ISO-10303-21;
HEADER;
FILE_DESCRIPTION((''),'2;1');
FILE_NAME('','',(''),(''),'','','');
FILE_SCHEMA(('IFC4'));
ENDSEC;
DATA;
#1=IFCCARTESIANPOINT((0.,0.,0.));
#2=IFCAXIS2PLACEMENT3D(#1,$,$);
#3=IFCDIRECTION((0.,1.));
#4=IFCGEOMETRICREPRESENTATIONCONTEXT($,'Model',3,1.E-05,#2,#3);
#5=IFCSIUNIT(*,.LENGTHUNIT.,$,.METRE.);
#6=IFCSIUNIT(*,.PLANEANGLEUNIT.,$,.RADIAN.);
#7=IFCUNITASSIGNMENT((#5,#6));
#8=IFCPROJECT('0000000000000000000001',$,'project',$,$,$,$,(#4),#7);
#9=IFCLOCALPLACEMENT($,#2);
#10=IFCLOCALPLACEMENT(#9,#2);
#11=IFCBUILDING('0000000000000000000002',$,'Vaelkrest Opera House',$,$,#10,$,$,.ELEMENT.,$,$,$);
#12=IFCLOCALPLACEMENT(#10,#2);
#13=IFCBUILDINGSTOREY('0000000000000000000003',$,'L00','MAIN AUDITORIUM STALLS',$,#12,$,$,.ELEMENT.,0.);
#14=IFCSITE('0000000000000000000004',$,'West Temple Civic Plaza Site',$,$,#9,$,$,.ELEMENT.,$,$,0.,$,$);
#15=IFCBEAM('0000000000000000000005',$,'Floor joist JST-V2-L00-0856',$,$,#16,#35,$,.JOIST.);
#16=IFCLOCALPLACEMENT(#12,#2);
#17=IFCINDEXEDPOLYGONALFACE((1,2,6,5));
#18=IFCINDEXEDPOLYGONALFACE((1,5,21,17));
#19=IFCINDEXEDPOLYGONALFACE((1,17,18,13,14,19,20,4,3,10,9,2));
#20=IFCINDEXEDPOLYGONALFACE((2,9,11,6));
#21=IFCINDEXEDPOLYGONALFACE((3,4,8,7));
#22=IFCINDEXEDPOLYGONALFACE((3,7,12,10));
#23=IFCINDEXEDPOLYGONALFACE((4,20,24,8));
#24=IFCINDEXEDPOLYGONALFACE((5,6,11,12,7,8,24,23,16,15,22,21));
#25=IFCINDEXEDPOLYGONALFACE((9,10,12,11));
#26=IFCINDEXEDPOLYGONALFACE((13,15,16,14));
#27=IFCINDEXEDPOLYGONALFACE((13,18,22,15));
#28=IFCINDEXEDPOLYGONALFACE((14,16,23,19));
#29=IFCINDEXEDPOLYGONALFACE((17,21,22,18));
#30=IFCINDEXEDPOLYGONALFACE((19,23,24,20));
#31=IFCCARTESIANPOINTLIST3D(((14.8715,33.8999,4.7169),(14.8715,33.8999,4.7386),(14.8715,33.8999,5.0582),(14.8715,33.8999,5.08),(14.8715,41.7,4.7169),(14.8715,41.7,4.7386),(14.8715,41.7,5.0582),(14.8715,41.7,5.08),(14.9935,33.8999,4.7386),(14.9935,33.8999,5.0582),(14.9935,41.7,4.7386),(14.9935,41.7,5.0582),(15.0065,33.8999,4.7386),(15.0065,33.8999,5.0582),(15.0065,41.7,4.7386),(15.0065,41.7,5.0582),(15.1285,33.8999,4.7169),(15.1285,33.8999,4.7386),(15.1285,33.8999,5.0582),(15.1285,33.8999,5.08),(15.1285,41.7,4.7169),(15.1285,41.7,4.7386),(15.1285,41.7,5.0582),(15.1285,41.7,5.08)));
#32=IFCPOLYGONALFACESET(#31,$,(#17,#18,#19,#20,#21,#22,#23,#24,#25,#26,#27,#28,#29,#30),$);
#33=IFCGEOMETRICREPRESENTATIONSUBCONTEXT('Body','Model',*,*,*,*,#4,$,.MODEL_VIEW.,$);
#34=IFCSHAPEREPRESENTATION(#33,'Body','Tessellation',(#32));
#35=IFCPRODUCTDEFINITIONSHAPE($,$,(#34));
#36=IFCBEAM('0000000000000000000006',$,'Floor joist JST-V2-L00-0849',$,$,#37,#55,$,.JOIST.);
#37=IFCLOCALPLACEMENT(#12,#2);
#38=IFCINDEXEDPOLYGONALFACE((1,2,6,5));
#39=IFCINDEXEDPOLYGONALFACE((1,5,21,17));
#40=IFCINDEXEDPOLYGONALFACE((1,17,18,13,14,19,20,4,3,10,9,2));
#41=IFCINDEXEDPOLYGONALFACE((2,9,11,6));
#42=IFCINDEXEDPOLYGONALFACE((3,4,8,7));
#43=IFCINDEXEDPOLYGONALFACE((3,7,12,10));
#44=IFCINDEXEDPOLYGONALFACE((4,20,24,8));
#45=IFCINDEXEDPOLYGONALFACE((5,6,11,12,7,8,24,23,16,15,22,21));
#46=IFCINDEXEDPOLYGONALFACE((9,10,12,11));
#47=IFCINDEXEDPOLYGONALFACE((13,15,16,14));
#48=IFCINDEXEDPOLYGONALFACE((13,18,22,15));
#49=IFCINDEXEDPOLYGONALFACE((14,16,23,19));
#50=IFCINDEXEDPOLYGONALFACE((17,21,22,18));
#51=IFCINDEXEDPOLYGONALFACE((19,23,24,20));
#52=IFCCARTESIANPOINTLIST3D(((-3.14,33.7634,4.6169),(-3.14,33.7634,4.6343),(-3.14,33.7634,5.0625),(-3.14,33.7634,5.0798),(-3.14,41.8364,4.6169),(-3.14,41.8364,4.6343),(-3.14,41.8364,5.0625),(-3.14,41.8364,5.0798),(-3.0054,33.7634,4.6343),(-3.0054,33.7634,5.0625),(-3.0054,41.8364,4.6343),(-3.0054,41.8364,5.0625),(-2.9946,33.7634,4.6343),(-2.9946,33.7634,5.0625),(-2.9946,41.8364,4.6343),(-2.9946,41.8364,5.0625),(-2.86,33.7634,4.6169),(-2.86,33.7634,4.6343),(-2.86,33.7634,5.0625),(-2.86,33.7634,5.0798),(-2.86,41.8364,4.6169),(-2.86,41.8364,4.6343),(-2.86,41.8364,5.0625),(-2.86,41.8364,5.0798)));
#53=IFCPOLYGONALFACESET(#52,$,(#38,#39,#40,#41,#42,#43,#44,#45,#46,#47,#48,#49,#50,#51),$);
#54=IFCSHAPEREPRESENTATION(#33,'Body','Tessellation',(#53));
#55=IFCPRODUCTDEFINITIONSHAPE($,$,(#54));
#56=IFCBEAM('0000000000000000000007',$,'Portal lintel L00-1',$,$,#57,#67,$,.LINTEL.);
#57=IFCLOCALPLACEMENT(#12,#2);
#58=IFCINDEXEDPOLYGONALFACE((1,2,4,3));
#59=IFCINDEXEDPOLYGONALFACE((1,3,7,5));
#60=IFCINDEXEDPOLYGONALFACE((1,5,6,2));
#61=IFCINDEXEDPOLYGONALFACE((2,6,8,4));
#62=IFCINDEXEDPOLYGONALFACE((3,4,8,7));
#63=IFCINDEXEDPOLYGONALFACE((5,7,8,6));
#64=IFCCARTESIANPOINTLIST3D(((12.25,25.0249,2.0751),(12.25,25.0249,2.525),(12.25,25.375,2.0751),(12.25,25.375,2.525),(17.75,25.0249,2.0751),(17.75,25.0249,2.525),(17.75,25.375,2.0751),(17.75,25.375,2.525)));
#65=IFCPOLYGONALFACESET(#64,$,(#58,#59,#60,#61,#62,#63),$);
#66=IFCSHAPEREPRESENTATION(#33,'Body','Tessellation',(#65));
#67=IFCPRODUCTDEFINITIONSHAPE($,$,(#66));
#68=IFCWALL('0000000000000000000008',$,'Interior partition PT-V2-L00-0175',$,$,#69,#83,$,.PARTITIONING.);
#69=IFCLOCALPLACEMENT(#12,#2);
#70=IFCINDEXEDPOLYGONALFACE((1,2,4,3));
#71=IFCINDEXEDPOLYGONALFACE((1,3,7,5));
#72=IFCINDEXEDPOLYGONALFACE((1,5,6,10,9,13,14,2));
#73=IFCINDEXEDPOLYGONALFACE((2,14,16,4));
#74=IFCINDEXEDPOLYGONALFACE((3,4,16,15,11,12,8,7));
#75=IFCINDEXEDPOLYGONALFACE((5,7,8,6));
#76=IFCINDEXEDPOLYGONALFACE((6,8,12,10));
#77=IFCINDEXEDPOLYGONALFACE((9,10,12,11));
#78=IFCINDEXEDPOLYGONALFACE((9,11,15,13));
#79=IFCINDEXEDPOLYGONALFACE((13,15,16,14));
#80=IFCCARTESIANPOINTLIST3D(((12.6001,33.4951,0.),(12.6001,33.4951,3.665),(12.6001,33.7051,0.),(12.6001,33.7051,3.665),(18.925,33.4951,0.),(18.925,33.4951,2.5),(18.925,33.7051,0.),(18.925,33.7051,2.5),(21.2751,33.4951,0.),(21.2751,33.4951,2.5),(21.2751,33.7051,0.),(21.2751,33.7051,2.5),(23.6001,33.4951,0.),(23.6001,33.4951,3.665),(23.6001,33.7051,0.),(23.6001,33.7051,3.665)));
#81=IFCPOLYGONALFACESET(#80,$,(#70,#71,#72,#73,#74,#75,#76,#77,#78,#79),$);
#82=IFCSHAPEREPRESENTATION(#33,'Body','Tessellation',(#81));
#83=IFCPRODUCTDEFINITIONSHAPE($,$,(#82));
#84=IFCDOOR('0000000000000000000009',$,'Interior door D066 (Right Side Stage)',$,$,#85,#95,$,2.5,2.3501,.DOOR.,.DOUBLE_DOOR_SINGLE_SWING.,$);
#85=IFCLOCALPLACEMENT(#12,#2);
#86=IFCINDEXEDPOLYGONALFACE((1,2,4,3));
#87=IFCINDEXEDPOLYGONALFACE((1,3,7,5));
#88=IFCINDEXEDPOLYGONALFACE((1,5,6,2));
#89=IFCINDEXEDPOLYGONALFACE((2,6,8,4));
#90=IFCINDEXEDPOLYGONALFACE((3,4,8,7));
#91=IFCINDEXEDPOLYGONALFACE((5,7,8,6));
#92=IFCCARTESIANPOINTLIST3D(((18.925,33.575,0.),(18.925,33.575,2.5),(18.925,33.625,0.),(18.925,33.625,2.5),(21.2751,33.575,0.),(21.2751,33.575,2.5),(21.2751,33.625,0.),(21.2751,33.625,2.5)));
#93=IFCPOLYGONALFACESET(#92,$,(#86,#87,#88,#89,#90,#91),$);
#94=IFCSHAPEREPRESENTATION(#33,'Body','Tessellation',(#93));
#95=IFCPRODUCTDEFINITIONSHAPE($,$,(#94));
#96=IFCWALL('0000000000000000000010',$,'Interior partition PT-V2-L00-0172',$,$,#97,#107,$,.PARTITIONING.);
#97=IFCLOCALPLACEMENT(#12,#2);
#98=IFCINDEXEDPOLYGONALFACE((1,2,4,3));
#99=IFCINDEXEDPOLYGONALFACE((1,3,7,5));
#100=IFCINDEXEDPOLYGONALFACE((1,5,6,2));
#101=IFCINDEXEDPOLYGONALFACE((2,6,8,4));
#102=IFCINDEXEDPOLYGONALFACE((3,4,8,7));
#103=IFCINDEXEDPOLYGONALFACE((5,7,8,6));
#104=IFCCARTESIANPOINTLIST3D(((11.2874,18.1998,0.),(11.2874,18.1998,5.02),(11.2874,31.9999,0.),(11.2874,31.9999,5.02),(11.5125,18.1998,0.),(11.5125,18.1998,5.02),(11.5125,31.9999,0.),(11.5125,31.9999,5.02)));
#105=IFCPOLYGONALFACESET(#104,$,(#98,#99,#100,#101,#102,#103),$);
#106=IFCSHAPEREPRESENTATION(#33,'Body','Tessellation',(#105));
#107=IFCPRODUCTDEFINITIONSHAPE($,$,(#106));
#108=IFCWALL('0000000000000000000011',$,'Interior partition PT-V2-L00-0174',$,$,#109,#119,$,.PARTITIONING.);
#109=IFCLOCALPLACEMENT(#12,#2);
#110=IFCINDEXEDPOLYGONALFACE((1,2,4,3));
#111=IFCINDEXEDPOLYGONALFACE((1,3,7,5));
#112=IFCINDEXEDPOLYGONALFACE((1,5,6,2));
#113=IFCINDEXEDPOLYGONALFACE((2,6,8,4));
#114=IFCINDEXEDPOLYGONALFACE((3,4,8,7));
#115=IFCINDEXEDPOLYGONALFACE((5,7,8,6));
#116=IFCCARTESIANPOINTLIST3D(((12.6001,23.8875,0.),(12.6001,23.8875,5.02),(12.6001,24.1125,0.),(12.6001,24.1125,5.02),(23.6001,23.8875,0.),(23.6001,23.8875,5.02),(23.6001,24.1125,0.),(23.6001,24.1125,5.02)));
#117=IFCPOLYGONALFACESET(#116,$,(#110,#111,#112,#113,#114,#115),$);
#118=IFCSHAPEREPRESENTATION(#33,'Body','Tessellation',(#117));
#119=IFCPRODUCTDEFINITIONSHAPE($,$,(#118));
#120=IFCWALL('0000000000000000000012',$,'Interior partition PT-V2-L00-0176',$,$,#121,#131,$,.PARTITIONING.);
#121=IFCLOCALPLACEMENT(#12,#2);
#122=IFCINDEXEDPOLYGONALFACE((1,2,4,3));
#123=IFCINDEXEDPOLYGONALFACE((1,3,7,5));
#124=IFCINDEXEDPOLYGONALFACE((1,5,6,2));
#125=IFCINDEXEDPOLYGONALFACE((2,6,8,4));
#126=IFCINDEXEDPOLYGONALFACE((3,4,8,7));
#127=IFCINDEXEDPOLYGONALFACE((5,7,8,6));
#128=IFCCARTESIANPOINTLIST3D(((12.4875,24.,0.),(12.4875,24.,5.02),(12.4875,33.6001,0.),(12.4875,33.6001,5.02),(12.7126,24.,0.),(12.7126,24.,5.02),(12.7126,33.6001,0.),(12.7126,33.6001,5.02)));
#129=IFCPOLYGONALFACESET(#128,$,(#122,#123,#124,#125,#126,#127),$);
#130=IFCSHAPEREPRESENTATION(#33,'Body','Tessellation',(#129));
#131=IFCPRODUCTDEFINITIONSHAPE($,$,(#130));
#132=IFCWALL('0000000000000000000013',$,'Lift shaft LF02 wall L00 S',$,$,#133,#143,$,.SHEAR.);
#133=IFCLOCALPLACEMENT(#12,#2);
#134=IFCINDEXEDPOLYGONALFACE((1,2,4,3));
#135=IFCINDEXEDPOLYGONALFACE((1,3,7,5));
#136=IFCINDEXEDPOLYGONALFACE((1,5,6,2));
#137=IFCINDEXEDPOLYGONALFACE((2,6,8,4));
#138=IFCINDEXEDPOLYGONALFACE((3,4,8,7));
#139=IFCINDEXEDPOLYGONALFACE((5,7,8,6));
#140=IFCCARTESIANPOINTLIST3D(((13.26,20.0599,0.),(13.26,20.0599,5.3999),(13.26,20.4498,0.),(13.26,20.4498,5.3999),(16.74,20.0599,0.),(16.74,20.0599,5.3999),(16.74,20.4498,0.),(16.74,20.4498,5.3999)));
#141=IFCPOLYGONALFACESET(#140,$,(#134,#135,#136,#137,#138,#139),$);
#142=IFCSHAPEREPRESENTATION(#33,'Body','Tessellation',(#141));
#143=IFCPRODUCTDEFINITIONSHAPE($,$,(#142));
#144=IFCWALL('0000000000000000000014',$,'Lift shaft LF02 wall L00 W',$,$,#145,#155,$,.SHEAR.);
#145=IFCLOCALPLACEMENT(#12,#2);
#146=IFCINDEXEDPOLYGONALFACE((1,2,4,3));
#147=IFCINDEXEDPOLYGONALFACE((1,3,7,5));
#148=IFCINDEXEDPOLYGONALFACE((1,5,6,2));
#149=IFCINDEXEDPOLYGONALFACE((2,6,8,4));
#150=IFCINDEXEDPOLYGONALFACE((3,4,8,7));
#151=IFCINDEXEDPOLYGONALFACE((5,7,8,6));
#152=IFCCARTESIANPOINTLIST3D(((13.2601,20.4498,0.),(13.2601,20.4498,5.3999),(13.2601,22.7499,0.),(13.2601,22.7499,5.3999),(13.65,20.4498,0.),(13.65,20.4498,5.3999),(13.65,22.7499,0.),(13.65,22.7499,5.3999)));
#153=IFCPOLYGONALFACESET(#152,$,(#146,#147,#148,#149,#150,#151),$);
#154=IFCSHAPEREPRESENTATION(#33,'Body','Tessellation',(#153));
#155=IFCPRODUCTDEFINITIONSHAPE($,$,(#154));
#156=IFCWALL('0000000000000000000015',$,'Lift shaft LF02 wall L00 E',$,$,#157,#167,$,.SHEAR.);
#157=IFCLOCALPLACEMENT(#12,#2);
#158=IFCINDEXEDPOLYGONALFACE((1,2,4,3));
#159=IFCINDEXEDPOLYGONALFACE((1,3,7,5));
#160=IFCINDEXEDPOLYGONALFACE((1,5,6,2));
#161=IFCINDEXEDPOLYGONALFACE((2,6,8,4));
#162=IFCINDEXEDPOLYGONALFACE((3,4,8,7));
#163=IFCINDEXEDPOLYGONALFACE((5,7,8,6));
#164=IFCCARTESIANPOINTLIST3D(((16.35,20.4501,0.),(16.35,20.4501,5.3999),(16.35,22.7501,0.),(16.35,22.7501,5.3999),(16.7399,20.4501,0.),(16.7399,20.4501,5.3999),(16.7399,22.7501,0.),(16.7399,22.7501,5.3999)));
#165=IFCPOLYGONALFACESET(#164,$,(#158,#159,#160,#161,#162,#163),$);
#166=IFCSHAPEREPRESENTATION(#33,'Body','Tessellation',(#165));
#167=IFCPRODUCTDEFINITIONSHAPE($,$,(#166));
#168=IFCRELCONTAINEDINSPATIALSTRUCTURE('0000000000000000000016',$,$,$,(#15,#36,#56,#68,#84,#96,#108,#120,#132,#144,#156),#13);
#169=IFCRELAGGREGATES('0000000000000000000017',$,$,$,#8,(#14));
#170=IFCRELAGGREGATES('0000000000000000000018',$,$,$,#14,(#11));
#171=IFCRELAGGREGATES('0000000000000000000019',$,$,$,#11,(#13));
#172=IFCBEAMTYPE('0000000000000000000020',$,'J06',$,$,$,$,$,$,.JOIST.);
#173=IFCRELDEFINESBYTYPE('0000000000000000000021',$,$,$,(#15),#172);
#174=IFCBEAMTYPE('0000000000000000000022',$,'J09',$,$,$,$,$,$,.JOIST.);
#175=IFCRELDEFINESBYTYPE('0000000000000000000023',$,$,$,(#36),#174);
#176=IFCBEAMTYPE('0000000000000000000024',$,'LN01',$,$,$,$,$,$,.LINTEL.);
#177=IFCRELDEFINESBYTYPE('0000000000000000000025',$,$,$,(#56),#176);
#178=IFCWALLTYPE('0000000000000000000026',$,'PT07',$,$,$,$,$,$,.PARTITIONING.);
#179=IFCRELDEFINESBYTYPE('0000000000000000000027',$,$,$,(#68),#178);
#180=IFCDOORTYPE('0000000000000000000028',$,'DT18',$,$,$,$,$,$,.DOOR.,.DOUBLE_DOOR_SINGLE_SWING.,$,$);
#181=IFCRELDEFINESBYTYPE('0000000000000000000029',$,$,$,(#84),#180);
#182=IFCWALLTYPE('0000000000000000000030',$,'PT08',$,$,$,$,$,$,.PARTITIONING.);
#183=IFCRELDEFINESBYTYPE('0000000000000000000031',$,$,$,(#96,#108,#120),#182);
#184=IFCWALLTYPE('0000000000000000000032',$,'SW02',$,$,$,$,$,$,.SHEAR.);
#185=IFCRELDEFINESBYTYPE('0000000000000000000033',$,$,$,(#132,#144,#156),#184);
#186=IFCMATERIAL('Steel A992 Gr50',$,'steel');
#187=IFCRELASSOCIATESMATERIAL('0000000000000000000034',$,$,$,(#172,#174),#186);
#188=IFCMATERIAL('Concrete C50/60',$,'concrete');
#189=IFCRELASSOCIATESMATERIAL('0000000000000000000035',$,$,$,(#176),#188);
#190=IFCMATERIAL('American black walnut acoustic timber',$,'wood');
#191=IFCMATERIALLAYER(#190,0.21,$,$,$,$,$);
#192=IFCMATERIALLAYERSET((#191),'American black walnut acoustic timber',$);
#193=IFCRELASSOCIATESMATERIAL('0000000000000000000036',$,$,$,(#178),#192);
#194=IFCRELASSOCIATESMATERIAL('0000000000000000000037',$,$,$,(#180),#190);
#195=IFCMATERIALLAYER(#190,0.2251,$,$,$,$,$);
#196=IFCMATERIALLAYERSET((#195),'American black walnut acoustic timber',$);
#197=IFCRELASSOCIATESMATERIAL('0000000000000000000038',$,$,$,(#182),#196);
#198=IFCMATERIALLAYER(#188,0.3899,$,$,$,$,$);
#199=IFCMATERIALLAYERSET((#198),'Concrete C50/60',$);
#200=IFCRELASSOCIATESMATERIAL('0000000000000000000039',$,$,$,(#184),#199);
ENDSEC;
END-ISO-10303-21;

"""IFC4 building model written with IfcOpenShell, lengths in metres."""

from ifc_helpers import new_model, si_unit, direction, frame, frame_2d, origin, origin_2d, place, context, subcontext, project, spatial, rectangle, i_section, extrude, material, layer, layer_set, material_profile, profile_set, type_object, element, fill, save


model = new_model("IFC4")

# Units and contexts
model_context = context("Model", 3, precision=1e-05, world=origin(), true_north=direction((0.0, 1.0)))
body_context = subcontext(model_context, "Body", "Model", "MODEL_VIEW")
ifc_project = project(units=[si_unit("LENGTHUNIT", "METRE"), si_unit("PLANEANGLEUNIT", "RADIAN")], contexts=[model_context])

# Site, building, storey
site_placement = place(None, origin())
site = spatial("IfcSite", under=ifc_project, at=site_placement, Name="West Temple Civic Plaza Site", CompositionType="ELEMENT", RefElevation=0.0)
building_placement = place(site_placement, origin())
building = spatial("IfcBuilding", under=site, at=building_placement, Name="Vaelkrest Opera House", CompositionType="ELEMENT")
storey_placement = place(building_placement, origin())
storey = spatial("IfcBuildingStorey", under=building, at=storey_placement, Name="L00", Description="MAIN AUDITORIUM STALLS", CompositionType="ELEMENT", Elevation=0.0)

# Shared definitions
ifc_material_1 = material(Name="Concrete C50/60", Category="concrete")

# Beams
ifc_material_2 = material(Name="Steel A992 Gr50", Category="steel")
ifc_material_profile_1 = material_profile(ifc_material_2, i_section(OverallWidth=0.2571, OverallDepth=0.363, WebThickness=0.0129, FlangeThickness=0.0217, at=origin_2d()), Name="W14X82")
ifc_profile_set_1 = profile_set([ifc_material_profile_1], Name="Steel A992 Gr50")
beam_type_1 = type_object("IfcBeamType", Name="J06", PredefinedType="JOIST", material=ifc_profile_set_1)
beam_1_placement = place(storey_placement, frame((15.0, 33.8999, 4.8984), z_axis=(0.0, 1.0, 0.0), x_axis=(-1.0, 0.0, 0.0)))
element("IfcBeam", 1, at=beam_1_placement, inside=storey, type_object=beam_type_1, Name="Floor joist JST-V2-L00-0856", PredefinedType="JOIST", context=body_context, shape_type="SweptSolid", body=[
    extrude(i_section(OverallWidth=0.2571, OverallDepth=0.363, WebThickness=0.0129, FlangeThickness=0.0217, at=origin_2d()), origin(), (0.0, 0.0, 1.0), 7.8),
])
ifc_material_profile_2 = material_profile(ifc_material_2, i_section(OverallWidth=0.28, OverallDepth=0.4629, WebThickness=0.0107, FlangeThickness=0.0173, at=origin_2d()), Name="W18X76")
ifc_profile_set_2 = profile_set([ifc_material_profile_2], Name="Steel A992 Gr50")
beam_type_2 = type_object("IfcBeamType", Name="J09", PredefinedType="JOIST", material=ifc_profile_set_2)
beam_2_placement = place(storey_placement, frame((-3.0, 33.7634, 4.8484), z_axis=(0.0, 1.0, 0.0), x_axis=(-1.0, 0.0, 0.0)))
element("IfcBeam", 2, at=beam_2_placement, inside=storey, type_object=beam_type_2, Name="Floor joist JST-V2-L00-0849", PredefinedType="JOIST", context=body_context, shape_type="SweptSolid", body=[
    extrude(i_section(OverallWidth=0.28, OverallDepth=0.4629, WebThickness=0.0107, FlangeThickness=0.0173, at=origin_2d()), origin(), (0.0, 0.0, 1.0), 8.073),
])
ifc_material_profile_3 = material_profile(ifc_material_1, rectangle(XDim=0.3501, YDim=0.45, at=origin_2d()), Name="RCB350X450")
ifc_profile_set_3 = profile_set([ifc_material_profile_3], Name="Concrete C50/60")
beam_type_3 = type_object("IfcBeamType", Name="LN01", PredefinedType="LINTEL", material=ifc_profile_set_3)
beam_3_placement = place(storey_placement, frame((12.25, 25.2, 2.3), z_axis=(1.0, 0.0, 0.0), x_axis=(0.0, 1.0, 0.0)))
element("IfcBeam", 3, at=beam_3_placement, inside=storey, type_object=beam_type_3, Name="Portal lintel L00-1", PredefinedType="LINTEL", context=body_context, shape_type="SweptSolid", body=[
    extrude(rectangle(XDim=0.3501, YDim=0.45, at=origin_2d()), origin(), (0.0, 0.0, 1.0), 5.5),
])

# Wall, opening, door
ifc_material_3 = material(Name="American black walnut acoustic timber", Category="wood")
ifc_layer_1 = layer(ifc_material_3, 0.21)
ifc_layer_set_1 = layer_set([ifc_layer_1], Name="American black walnut acoustic timber")
wall_type_1 = type_object("IfcWallType", Name="PT07", PredefinedType="PARTITIONING", material=ifc_layer_set_1)
wall_1_placement = place(storey_placement, frame((12.6001, 33.6001, 0.0), z_axis=(0.0, 0.0, 1.0), x_axis=(1.0, 0.0, 0.0)))
wall_1 = element("IfcWall", 4, at=wall_1_placement, inside=storey, type_object=wall_type_1, Name="Interior partition PT-V2-L00-0175", PredefinedType="PARTITIONING", context=body_context, shape_type="SweptSolid", body=[
    extrude(rectangle(XDim=11.0, YDim=0.21, at=frame_2d((5.5, 0.0))), origin(), (0.0, 0.0, 1.0), 3.665),
])
opening_1_placement = place(wall_1_placement, frame((6.325, 0.0, 0.0)))
opening_1 = element("IfcOpeningElement", 5, at=opening_1_placement, cuts=wall_1, PredefinedType="OPENING", context=body_context, shape_type="SweptSolid", body=[
    extrude(rectangle(XDim=2.3501, YDim=2.5, at=frame_2d((1.175, 1.25))), frame((0.0, 0.115, 0.0), z_axis=(0.0, -1.0, 0.0), x_axis=(1.0, 0.0, 0.0)), (0.0, 0.0, 1.0), 0.23),
])
door_type_1 = type_object("IfcDoorType", Name="DT18", OperationType="DOUBLE_DOOR_SINGLE_SWING", PredefinedType="DOOR", material=ifc_material_3)
door_1_placement = place(opening_1_placement, origin())
door_1 = element("IfcDoor", 6, at=door_1_placement, inside=storey, type_object=door_type_1, Name="Interior door D066 (Right Side Stage)", OperationType="DOUBLE_DOOR_SINGLE_SWING", OverallHeight=2.5, OverallWidth=2.3501, PredefinedType="DOOR", context=body_context, shape_type="SweptSolid", body=[
    extrude(rectangle(XDim=2.3501, YDim=2.5, at=frame_2d((1.175, 1.25))), frame((0.0, 0.0249, 0.0), z_axis=(0.0, -1.0, 0.0), x_axis=(1.0, 0.0, 0.0)), (0.0, 0.0, 1.0), 0.05),
])
fill(opening_1, door_1)

# Walls
ifc_layer_2 = layer(ifc_material_3, 0.2251)
ifc_layer_set_2 = layer_set([ifc_layer_2], Name="American black walnut acoustic timber")
wall_type_2 = type_object("IfcWallType", Name="PT08", PredefinedType="PARTITIONING", material=ifc_layer_set_2)
wall_2_placement = place(storey_placement, frame((11.3999, 18.2, 0.0), z_axis=(0.0, 0.0, 1.0), x_axis=(0.0, 1.0, 0.0)))
element("IfcWall", 7, at=wall_2_placement, inside=storey, type_object=wall_type_2, Name="Interior partition PT-V2-L00-0172", PredefinedType="PARTITIONING", context=body_context, shape_type="SweptSolid", body=[
    extrude(rectangle(XDim=13.8, YDim=0.2251, at=frame_2d((6.8999, 0.0))), origin(), (0.0, 0.0, 1.0), 5.02),
])
wall_3_placement = place(storey_placement, frame((12.6001, 24.0, 0.0), z_axis=(0.0, 0.0, 1.0), x_axis=(1.0, 0.0, 0.0)))
element("IfcWall", 8, at=wall_3_placement, inside=storey, type_object=wall_type_2, Name="Interior partition PT-V2-L00-0174", PredefinedType="PARTITIONING", context=body_context, shape_type="SweptSolid", body=[
    extrude(rectangle(XDim=11.0, YDim=0.2251, at=frame_2d((5.5, 0.0))), origin(), (0.0, 0.0, 1.0), 5.02),
])
wall_4_placement = place(storey_placement, frame((12.6001, 24.0, 0.0), z_axis=(0.0, 0.0, 1.0), x_axis=(0.0, 1.0, 0.0)))
element("IfcWall", 9, at=wall_4_placement, inside=storey, type_object=wall_type_2, Name="Interior partition PT-V2-L00-0176", PredefinedType="PARTITIONING", context=body_context, shape_type="SweptSolid", body=[
    extrude(rectangle(XDim=9.6001, YDim=0.2251, at=frame_2d((4.8, 0.0))), origin(), (0.0, 0.0, 1.0), 5.02),
])
ifc_layer_3 = layer(ifc_material_1, 0.3899)
ifc_layer_set_3 = layer_set([ifc_layer_3], Name="Concrete C50/60")
wall_type_3 = type_object("IfcWallType", Name="SW02", PredefinedType="SHEAR", material=ifc_layer_set_3)
wall_5_placement = place(storey_placement, frame((16.74, 20.2549, 0.0), z_axis=(0.0, 0.0, 1.0), x_axis=(-1.0, 0.0, 0.0)))
element("IfcWall", 10, at=wall_5_placement, inside=storey, type_object=wall_type_3, Name="Lift shaft LF02 wall L00 S", PredefinedType="SHEAR", context=body_context, shape_type="SweptSolid", body=[
    extrude(rectangle(XDim=3.48, YDim=0.3899, at=frame_2d((1.74, 0.0))), origin(), (0.0, 0.0, 1.0), 5.3999),
])

# Walls
for number, where, z_axis, x_axis, name in (
    (11, (13.4551, 20.45, 0.0), (0.0, 0.0, 1.0), (0.0, 1.0, 0.0), "Lift shaft LF02 wall L00 W"),
    (12, (16.5449, 22.75, 0.0), (0.0, 0.0, 1.0), (0.0, -1.0, 0.0), "Lift shaft LF02 wall L00 E"),
):
    element("IfcWall", number, at=place(storey_placement, frame(where, z_axis=z_axis, x_axis=x_axis)), inside=storey, type_object=wall_type_3, Name=name, PredefinedType="SHEAR", context=body_context, shape_type="SweptSolid", body=[
        extrude(rectangle(XDim=2.3, YDim=0.3899, at=frame_2d((1.1499, 0.0))), origin(), (0.0, 0.0, 1.0), 5.3999),
    ])

save(model, "model.ifc")
